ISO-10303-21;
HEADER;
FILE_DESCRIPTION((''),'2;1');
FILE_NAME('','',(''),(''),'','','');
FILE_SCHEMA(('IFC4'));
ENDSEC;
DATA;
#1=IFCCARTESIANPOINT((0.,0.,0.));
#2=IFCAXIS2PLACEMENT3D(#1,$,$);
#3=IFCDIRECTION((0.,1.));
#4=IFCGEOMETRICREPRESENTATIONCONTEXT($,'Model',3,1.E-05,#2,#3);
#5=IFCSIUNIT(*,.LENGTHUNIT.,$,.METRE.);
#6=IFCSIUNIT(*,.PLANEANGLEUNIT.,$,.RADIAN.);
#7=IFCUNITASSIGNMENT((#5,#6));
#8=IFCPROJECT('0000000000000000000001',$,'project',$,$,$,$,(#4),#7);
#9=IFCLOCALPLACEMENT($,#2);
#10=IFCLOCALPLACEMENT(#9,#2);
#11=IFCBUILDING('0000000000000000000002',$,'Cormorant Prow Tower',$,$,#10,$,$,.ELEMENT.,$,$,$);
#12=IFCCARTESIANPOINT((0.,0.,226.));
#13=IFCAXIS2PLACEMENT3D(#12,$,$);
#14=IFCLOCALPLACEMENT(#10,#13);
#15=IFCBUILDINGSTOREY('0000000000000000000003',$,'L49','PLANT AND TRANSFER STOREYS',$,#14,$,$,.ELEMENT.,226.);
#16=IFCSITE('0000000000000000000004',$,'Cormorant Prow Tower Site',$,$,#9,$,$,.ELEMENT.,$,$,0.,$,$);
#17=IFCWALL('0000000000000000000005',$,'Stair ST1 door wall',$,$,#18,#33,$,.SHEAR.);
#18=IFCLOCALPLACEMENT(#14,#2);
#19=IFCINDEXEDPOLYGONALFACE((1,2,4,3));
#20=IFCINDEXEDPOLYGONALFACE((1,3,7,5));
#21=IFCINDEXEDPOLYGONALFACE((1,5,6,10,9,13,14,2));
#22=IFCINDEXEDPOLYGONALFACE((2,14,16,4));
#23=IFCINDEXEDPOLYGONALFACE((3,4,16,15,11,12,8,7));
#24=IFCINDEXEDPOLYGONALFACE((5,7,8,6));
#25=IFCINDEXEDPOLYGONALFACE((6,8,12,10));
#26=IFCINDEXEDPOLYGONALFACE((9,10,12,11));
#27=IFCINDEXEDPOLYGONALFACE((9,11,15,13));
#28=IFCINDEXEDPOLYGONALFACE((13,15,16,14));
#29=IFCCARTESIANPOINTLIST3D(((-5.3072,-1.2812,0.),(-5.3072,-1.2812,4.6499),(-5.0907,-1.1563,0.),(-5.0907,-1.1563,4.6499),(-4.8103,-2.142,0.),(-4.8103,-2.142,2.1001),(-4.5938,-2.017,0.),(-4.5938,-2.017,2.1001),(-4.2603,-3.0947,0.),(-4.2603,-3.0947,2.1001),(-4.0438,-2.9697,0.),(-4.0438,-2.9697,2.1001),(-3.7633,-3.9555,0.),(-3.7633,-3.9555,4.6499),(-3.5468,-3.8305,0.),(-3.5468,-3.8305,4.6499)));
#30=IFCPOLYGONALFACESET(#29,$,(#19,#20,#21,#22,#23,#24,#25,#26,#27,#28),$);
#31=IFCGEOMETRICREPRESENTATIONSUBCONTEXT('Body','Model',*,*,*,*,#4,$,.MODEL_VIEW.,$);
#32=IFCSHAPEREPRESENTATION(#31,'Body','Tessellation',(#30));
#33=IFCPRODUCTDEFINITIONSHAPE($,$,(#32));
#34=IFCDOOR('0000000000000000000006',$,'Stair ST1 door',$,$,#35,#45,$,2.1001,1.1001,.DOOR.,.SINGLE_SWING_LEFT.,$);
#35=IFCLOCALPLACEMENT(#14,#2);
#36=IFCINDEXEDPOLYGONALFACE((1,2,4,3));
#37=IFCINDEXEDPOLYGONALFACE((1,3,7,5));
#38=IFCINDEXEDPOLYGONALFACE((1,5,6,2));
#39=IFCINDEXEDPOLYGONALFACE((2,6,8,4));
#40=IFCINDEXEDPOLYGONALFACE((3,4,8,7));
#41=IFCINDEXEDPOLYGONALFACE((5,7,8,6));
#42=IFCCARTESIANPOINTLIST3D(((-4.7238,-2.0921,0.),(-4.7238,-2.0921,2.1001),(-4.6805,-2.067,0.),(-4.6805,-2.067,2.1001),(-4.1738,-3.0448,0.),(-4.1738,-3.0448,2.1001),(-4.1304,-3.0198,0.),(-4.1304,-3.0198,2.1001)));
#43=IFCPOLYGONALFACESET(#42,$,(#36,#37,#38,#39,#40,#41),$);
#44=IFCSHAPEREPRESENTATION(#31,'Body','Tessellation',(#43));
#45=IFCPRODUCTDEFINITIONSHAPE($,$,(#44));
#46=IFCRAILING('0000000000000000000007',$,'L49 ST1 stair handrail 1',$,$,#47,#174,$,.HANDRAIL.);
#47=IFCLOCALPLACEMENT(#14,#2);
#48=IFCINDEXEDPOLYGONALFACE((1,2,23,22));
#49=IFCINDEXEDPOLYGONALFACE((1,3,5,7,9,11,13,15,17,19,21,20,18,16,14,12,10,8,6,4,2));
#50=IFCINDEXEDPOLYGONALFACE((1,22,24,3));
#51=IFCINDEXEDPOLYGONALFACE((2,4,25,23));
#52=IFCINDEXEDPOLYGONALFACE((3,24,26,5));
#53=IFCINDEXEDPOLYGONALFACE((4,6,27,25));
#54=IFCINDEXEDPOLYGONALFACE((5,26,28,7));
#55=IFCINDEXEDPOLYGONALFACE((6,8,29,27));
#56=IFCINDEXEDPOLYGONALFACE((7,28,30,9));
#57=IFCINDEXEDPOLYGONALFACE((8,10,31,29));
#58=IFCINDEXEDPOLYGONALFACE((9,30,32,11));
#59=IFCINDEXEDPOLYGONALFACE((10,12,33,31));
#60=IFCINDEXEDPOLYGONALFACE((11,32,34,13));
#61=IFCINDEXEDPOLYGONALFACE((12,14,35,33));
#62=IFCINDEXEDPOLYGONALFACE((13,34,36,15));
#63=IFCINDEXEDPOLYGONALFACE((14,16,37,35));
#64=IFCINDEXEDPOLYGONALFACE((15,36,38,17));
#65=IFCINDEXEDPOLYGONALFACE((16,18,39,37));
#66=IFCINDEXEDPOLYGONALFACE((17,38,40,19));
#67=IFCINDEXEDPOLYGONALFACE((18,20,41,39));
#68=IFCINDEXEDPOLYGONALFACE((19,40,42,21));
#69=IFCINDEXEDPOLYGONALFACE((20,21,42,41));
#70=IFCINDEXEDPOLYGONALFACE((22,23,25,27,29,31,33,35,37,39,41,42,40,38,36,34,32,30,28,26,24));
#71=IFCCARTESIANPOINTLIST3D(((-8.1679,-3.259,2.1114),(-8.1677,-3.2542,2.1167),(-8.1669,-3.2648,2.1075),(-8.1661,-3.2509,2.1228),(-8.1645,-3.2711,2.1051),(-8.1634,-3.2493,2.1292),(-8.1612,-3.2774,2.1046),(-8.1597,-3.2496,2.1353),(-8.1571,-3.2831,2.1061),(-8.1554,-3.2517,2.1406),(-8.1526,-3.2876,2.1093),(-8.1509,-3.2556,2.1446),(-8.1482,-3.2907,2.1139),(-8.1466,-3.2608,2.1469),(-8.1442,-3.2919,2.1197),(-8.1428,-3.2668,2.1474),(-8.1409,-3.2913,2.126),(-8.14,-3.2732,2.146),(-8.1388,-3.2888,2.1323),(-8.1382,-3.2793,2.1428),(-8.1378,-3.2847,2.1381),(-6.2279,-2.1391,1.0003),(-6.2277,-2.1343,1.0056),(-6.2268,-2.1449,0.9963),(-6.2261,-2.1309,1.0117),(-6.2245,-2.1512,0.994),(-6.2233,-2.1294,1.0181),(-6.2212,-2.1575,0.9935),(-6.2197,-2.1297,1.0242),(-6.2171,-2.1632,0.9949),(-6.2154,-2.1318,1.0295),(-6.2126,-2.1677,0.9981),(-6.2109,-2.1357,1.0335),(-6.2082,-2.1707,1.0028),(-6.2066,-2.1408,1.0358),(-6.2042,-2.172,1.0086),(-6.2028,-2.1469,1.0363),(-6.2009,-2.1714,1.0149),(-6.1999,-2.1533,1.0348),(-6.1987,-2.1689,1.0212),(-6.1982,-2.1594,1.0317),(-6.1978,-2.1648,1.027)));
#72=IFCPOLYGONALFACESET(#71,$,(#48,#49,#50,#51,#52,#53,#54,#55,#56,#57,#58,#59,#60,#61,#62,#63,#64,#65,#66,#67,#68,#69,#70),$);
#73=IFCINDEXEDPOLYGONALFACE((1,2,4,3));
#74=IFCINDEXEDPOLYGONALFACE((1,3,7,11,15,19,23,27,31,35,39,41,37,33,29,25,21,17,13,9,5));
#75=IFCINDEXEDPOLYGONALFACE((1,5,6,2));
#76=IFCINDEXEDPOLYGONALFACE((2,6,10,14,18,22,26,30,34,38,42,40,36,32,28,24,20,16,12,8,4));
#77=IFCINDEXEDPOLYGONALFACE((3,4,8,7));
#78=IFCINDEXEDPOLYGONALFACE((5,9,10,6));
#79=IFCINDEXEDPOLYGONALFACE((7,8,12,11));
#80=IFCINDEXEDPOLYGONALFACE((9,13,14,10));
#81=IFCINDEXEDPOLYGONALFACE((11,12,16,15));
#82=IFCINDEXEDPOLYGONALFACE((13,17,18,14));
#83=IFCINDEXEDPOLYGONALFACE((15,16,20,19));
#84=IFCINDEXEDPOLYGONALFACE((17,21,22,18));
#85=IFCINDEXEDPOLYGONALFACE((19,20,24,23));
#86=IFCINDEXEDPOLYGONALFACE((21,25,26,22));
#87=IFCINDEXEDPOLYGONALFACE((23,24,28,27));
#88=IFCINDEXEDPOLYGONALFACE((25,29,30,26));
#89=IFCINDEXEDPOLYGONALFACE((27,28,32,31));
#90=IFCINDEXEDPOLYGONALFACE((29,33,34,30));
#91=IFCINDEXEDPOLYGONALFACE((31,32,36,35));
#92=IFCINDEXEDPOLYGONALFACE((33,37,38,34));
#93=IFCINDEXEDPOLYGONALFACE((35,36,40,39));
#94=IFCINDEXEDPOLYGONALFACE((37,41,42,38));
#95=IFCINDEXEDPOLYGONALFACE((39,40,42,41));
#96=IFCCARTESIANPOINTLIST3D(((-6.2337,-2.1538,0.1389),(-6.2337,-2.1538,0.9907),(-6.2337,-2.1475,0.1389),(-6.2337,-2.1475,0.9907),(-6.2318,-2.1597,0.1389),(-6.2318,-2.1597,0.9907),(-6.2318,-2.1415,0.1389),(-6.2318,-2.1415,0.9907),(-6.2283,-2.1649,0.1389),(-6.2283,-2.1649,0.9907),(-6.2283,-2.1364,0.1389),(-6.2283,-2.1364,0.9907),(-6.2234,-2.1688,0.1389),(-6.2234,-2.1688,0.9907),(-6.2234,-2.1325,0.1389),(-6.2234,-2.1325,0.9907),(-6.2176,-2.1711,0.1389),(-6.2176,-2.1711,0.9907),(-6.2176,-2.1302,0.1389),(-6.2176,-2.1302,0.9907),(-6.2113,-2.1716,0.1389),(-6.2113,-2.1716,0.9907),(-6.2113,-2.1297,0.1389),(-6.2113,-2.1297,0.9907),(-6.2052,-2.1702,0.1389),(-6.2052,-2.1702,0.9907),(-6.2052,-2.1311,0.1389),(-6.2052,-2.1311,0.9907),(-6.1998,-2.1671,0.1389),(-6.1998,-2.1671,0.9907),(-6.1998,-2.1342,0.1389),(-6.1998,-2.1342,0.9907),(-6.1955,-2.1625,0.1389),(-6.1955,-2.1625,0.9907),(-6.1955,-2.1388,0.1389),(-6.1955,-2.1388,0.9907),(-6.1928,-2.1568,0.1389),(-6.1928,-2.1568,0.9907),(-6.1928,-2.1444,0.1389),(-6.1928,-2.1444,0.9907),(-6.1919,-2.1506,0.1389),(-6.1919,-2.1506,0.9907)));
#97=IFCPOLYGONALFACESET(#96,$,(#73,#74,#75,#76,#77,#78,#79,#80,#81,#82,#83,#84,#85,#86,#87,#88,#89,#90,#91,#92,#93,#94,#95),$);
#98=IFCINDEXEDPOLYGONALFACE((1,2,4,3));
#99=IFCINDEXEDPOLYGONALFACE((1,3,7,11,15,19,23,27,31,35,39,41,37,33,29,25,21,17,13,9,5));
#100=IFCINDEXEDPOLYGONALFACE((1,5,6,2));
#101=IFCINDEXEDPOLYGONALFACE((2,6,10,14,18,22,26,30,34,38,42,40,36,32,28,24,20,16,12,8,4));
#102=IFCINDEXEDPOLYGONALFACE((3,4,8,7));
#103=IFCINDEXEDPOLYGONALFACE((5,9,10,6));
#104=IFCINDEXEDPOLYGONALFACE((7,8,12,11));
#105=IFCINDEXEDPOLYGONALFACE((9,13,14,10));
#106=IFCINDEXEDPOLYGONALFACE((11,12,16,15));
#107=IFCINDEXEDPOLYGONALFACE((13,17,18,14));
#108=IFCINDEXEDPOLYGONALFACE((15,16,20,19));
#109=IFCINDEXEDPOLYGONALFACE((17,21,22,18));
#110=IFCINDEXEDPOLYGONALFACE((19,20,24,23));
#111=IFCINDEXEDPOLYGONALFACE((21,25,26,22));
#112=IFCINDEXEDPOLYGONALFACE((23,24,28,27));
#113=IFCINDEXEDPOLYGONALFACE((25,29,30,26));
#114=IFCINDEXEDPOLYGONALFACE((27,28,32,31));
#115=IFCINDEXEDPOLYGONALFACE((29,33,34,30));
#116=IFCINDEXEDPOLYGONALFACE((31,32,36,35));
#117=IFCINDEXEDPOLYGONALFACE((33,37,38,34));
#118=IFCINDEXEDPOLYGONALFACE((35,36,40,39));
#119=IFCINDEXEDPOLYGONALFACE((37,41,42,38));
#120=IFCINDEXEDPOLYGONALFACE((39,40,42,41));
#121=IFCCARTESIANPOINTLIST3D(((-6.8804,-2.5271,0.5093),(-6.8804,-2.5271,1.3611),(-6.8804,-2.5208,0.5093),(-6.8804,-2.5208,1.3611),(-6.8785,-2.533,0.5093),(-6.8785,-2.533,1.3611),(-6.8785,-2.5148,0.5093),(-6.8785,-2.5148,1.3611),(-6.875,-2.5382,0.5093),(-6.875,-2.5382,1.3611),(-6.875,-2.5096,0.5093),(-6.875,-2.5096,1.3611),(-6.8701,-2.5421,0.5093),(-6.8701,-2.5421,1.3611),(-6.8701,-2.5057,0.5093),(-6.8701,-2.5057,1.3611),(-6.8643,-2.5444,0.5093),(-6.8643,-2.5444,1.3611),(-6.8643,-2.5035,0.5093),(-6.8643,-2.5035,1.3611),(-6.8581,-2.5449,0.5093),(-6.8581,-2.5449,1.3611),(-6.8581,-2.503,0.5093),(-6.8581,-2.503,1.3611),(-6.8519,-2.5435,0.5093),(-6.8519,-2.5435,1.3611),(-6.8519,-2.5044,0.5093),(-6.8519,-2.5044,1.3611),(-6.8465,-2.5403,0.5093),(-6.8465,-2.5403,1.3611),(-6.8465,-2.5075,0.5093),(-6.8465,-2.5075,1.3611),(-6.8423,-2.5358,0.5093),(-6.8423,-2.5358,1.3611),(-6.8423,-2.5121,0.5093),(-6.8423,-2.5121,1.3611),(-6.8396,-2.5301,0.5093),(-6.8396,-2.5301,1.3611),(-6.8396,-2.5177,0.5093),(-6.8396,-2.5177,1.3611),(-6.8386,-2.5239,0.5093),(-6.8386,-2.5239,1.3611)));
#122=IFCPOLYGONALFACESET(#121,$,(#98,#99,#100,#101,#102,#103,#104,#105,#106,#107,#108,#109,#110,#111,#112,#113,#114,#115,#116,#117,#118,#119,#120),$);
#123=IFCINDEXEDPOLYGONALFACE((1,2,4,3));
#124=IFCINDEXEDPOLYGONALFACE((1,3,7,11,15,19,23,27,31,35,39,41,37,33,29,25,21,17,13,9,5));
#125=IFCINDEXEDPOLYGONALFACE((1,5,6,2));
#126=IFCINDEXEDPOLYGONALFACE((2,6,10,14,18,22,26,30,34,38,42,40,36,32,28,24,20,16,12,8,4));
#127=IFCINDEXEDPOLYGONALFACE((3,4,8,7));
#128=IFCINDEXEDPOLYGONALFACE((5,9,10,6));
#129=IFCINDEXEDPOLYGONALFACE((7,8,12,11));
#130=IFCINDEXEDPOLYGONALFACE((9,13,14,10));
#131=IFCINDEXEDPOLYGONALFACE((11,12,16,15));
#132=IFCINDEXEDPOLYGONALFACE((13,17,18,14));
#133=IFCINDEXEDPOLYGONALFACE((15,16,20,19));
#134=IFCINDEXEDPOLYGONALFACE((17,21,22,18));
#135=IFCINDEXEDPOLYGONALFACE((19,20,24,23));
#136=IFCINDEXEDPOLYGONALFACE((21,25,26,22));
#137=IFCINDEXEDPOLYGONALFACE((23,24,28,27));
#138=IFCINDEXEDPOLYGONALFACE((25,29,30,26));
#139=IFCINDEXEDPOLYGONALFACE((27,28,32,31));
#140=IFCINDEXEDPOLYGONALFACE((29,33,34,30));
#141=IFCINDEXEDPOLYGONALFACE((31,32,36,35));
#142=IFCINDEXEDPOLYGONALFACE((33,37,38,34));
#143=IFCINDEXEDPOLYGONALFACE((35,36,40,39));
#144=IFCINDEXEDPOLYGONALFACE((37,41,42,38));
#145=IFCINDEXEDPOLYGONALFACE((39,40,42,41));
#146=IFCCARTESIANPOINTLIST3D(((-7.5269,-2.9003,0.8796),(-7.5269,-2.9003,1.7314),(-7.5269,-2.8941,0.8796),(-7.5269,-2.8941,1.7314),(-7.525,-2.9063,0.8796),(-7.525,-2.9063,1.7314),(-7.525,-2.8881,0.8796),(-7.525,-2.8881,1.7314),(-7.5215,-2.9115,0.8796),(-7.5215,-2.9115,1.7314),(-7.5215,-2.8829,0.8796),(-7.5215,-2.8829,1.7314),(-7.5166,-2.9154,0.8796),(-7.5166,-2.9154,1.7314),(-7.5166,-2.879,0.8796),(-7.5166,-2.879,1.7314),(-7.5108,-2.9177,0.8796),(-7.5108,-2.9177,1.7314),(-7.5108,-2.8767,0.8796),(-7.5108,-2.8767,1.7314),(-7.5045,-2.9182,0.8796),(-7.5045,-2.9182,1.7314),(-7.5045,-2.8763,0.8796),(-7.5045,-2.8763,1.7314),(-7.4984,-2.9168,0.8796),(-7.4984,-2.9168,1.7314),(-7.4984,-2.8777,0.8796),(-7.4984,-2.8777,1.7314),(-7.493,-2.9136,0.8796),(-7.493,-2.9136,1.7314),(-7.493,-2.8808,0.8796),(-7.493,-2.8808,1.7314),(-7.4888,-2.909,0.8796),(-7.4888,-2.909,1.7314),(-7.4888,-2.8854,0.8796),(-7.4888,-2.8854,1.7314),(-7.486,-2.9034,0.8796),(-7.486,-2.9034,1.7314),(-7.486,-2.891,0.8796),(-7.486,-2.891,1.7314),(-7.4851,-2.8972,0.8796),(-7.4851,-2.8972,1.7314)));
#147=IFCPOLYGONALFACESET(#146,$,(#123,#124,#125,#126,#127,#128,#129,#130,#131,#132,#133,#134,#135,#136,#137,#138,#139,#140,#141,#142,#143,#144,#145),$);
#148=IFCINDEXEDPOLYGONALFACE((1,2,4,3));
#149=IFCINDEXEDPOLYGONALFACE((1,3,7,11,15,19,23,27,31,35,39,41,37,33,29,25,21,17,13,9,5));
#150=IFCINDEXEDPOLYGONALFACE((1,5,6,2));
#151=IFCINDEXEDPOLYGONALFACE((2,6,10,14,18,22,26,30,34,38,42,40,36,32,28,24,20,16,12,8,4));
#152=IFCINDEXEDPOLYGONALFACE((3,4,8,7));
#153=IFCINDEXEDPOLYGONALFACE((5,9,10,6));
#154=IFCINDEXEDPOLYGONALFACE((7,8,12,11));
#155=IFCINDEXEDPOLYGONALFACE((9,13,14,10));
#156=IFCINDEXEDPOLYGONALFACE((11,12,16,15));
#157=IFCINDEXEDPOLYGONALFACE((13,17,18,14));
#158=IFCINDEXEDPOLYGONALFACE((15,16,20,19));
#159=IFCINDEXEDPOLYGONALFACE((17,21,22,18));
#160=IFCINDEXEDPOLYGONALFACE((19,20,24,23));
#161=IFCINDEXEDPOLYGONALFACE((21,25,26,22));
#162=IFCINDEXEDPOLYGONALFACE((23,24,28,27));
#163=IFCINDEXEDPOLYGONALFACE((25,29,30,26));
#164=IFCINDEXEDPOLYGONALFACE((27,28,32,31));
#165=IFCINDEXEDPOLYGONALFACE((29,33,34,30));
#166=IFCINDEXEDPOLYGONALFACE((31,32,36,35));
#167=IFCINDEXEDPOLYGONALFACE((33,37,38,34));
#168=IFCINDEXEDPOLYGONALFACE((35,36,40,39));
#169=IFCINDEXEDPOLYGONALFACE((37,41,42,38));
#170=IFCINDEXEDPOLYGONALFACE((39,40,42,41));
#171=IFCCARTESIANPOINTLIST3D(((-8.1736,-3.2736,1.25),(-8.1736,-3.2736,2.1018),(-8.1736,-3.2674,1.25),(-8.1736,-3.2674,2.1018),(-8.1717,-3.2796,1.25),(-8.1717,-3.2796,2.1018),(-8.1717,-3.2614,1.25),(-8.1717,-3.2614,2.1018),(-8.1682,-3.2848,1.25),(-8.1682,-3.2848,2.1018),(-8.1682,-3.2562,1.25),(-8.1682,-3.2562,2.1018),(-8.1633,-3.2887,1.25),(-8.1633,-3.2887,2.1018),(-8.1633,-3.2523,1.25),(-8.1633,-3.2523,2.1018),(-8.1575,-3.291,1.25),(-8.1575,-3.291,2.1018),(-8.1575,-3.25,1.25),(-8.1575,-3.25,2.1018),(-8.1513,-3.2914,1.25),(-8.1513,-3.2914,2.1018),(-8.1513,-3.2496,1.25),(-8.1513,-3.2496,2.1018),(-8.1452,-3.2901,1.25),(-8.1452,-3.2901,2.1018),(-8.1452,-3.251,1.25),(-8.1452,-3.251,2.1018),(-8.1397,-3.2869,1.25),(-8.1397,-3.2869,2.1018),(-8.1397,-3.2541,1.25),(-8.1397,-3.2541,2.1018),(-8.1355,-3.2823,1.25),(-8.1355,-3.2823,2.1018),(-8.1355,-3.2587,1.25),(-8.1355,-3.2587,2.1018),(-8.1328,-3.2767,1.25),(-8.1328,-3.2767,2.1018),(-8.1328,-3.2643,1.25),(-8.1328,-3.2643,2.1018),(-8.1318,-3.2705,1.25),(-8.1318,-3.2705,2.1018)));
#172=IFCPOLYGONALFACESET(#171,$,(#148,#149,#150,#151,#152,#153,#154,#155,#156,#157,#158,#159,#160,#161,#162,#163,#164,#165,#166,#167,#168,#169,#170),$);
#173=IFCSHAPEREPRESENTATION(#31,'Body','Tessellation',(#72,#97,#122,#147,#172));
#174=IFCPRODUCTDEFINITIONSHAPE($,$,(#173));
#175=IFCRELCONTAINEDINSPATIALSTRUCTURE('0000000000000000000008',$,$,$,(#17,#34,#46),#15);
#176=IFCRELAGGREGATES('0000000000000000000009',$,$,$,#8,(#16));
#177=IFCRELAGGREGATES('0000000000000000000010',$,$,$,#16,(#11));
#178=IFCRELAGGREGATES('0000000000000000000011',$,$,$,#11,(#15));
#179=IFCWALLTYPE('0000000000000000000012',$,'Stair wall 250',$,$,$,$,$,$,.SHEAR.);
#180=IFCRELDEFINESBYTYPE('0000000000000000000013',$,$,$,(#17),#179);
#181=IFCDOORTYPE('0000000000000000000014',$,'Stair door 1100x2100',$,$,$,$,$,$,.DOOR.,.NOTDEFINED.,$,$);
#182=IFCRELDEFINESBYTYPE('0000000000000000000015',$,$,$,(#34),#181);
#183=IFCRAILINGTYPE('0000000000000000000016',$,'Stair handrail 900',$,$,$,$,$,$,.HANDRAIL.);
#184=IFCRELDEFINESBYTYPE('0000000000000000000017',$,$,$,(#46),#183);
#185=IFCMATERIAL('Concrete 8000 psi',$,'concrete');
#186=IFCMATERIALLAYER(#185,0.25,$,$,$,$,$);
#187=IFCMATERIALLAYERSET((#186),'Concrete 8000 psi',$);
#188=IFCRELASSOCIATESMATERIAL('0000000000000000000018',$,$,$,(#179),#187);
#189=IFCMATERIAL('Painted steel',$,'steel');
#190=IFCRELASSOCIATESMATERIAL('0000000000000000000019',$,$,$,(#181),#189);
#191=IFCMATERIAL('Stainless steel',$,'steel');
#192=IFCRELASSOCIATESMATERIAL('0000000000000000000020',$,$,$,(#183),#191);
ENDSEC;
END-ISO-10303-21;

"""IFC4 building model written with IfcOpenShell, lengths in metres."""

from ifc_helpers import new_model, si_unit, direction, frame, frame_2d, origin, origin_2d, place, context, subcontext, project, spatial, rectangle, circle, extrude, material, layer, layer_set, type_object, element, fill, save


model = new_model("IFC4")

# Units and contexts
model_context = context("Model", 3, precision=1e-05, world=origin(), true_north=direction((0.0, 1.0)))
body_context = subcontext(model_context, "Body", "Model", "MODEL_VIEW")
ifc_project = project(units=[si_unit("LENGTHUNIT", "METRE"), si_unit("PLANEANGLEUNIT", "RADIAN")], contexts=[model_context])

# Site, building, storey
site_placement = place(None, origin())
site = spatial("IfcSite", under=ifc_project, at=site_placement, Name="Cormorant Prow Tower Site", CompositionType="ELEMENT", RefElevation=0.0)
building_placement = place(site_placement, origin())
building = spatial("IfcBuilding", under=site, at=building_placement, Name="Cormorant Prow Tower", CompositionType="ELEMENT")
storey_placement = place(building_placement, frame((0.0, 0.0, 226.0)))
storey = spatial("IfcBuildingStorey", under=building, at=storey_placement, Name="L49", Description="PLANT AND TRANSFER STOREYS", CompositionType="ELEMENT", Elevation=226.0)

# Wall, opening, door
ifc_material_1 = material(Name="Concrete 8000 psi", Category="concrete")
ifc_layer_1 = layer(ifc_material_1, 0.25)
ifc_layer_set_1 = layer_set([ifc_layer_1], Name="Concrete 8000 psi")
wall_type_1 = type_object("IfcWallType", Name="Stair wall 250", PredefinedType="SHEAR", material=ifc_layer_set_1)
wall_1_placement = place(storey_placement, frame((-5.199, -1.2188, 0.0), z_axis=(0.0, 0.0, 1.0), x_axis=(0.499983, -0.866035, 0.0)))
wall_1 = element("IfcWall", 1, at=wall_1_placement, inside=storey, type_object=wall_type_1, Name="Stair ST1 door wall", PredefinedType="SHEAR", context=body_context, shape_type="SweptSolid", body=[
    extrude(rectangle(XDim=3.0879, YDim=0.25, at=frame_2d((1.5439, 0.0))), origin(), (0.0, 0.0, 1.0), 4.6499),
])
opening_1_placement = place(wall_1_placement, frame((0.9939, 0.0, 0.0)))
opening_1 = element("IfcOpeningElement", 2, at=opening_1_placement, cuts=wall_1, PredefinedType="OPENING", context=body_context, shape_type="SweptSolid", body=[
    extrude(rectangle(XDim=1.1001, YDim=2.1001, at=frame_2d((0.55, 1.05))), frame((0.0, 0.135, 0.0), z_axis=(0.0, -1.0, 0.0), x_axis=(1.0, 0.0, 0.0)), (0.0, 0.0, 1.0), 0.27),
])
ifc_material_2 = material(Name="Painted steel", Category="steel")
door_type_1 = type_object("IfcDoorType", Name="Stair door 1100x2100", OperationType="NOTDEFINED", PredefinedType="DOOR", material=ifc_material_2)
door_1_placement = place(opening_1_placement, origin())
door_1 = element("IfcDoor", 3, at=door_1_placement, inside=storey, type_object=door_type_1, Name="Stair ST1 door", OperationType="SINGLE_SWING_LEFT", OverallHeight=2.1001, OverallWidth=1.1001, PredefinedType="DOOR", context=body_context, shape_type="SweptSolid", body=[
    extrude(rectangle(XDim=1.1001, YDim=2.1001, at=frame_2d((0.55, 1.05))), frame((0.0, 0.0249, 0.0), z_axis=(0.0, -1.0, 0.0), x_axis=(1.0, 0.0, 0.0)), (0.0, 0.0, 1.0), 0.05),
])
fill(opening_1, door_1)

# Railing
ifc_material_3 = material(Name="Stainless steel", Category="steel")
railing_type = type_object("IfcRailingType", Name="Stair handrail 900", PredefinedType="HANDRAIL", material=ifc_material_3)
for number, where, name in (
    (4, (-6.2129, -2.1506, 0.1389), "L49 ST1 stair handrail 1"),
):
    element("IfcRailing", number, at=place(storey_placement, frame(where)), inside=storey, type_object=railing_type, Name=name, PredefinedType="HANDRAIL", context=body_context, shape_type="SweptSolid", body=[
        extrude(circle(Radius=0.0239, at=origin_2d()), frame((0.0, 0.0, 0.876), z_axis=(-0.775853, -0.447878, 0.444363), x_axis=(0.499949, -0.866055, 0.0)), (0.0, 0.0, 1.0), 2.5005),
        extrude(circle(Radius=0.021, at=origin_2d()), origin(), (0.0, 0.0, 1.0), 0.8518),
        extrude(circle(Radius=0.021, at=origin_2d()), frame((-0.6467, -0.3733, 0.3704)), (0.0, 0.0, 1.0), 0.8518),
        extrude(circle(Radius=0.021, at=origin_2d()), frame((-1.2932, -0.7466, 0.7407)), (0.0, 0.0, 1.0), 0.8518),
        extrude(circle(Radius=0.021, at=origin_2d()), frame((-1.9399, -1.1199, 1.1111)), (0.0, 0.0, 1.0), 0.8518),
    ])

save(model, "model.ifc")
